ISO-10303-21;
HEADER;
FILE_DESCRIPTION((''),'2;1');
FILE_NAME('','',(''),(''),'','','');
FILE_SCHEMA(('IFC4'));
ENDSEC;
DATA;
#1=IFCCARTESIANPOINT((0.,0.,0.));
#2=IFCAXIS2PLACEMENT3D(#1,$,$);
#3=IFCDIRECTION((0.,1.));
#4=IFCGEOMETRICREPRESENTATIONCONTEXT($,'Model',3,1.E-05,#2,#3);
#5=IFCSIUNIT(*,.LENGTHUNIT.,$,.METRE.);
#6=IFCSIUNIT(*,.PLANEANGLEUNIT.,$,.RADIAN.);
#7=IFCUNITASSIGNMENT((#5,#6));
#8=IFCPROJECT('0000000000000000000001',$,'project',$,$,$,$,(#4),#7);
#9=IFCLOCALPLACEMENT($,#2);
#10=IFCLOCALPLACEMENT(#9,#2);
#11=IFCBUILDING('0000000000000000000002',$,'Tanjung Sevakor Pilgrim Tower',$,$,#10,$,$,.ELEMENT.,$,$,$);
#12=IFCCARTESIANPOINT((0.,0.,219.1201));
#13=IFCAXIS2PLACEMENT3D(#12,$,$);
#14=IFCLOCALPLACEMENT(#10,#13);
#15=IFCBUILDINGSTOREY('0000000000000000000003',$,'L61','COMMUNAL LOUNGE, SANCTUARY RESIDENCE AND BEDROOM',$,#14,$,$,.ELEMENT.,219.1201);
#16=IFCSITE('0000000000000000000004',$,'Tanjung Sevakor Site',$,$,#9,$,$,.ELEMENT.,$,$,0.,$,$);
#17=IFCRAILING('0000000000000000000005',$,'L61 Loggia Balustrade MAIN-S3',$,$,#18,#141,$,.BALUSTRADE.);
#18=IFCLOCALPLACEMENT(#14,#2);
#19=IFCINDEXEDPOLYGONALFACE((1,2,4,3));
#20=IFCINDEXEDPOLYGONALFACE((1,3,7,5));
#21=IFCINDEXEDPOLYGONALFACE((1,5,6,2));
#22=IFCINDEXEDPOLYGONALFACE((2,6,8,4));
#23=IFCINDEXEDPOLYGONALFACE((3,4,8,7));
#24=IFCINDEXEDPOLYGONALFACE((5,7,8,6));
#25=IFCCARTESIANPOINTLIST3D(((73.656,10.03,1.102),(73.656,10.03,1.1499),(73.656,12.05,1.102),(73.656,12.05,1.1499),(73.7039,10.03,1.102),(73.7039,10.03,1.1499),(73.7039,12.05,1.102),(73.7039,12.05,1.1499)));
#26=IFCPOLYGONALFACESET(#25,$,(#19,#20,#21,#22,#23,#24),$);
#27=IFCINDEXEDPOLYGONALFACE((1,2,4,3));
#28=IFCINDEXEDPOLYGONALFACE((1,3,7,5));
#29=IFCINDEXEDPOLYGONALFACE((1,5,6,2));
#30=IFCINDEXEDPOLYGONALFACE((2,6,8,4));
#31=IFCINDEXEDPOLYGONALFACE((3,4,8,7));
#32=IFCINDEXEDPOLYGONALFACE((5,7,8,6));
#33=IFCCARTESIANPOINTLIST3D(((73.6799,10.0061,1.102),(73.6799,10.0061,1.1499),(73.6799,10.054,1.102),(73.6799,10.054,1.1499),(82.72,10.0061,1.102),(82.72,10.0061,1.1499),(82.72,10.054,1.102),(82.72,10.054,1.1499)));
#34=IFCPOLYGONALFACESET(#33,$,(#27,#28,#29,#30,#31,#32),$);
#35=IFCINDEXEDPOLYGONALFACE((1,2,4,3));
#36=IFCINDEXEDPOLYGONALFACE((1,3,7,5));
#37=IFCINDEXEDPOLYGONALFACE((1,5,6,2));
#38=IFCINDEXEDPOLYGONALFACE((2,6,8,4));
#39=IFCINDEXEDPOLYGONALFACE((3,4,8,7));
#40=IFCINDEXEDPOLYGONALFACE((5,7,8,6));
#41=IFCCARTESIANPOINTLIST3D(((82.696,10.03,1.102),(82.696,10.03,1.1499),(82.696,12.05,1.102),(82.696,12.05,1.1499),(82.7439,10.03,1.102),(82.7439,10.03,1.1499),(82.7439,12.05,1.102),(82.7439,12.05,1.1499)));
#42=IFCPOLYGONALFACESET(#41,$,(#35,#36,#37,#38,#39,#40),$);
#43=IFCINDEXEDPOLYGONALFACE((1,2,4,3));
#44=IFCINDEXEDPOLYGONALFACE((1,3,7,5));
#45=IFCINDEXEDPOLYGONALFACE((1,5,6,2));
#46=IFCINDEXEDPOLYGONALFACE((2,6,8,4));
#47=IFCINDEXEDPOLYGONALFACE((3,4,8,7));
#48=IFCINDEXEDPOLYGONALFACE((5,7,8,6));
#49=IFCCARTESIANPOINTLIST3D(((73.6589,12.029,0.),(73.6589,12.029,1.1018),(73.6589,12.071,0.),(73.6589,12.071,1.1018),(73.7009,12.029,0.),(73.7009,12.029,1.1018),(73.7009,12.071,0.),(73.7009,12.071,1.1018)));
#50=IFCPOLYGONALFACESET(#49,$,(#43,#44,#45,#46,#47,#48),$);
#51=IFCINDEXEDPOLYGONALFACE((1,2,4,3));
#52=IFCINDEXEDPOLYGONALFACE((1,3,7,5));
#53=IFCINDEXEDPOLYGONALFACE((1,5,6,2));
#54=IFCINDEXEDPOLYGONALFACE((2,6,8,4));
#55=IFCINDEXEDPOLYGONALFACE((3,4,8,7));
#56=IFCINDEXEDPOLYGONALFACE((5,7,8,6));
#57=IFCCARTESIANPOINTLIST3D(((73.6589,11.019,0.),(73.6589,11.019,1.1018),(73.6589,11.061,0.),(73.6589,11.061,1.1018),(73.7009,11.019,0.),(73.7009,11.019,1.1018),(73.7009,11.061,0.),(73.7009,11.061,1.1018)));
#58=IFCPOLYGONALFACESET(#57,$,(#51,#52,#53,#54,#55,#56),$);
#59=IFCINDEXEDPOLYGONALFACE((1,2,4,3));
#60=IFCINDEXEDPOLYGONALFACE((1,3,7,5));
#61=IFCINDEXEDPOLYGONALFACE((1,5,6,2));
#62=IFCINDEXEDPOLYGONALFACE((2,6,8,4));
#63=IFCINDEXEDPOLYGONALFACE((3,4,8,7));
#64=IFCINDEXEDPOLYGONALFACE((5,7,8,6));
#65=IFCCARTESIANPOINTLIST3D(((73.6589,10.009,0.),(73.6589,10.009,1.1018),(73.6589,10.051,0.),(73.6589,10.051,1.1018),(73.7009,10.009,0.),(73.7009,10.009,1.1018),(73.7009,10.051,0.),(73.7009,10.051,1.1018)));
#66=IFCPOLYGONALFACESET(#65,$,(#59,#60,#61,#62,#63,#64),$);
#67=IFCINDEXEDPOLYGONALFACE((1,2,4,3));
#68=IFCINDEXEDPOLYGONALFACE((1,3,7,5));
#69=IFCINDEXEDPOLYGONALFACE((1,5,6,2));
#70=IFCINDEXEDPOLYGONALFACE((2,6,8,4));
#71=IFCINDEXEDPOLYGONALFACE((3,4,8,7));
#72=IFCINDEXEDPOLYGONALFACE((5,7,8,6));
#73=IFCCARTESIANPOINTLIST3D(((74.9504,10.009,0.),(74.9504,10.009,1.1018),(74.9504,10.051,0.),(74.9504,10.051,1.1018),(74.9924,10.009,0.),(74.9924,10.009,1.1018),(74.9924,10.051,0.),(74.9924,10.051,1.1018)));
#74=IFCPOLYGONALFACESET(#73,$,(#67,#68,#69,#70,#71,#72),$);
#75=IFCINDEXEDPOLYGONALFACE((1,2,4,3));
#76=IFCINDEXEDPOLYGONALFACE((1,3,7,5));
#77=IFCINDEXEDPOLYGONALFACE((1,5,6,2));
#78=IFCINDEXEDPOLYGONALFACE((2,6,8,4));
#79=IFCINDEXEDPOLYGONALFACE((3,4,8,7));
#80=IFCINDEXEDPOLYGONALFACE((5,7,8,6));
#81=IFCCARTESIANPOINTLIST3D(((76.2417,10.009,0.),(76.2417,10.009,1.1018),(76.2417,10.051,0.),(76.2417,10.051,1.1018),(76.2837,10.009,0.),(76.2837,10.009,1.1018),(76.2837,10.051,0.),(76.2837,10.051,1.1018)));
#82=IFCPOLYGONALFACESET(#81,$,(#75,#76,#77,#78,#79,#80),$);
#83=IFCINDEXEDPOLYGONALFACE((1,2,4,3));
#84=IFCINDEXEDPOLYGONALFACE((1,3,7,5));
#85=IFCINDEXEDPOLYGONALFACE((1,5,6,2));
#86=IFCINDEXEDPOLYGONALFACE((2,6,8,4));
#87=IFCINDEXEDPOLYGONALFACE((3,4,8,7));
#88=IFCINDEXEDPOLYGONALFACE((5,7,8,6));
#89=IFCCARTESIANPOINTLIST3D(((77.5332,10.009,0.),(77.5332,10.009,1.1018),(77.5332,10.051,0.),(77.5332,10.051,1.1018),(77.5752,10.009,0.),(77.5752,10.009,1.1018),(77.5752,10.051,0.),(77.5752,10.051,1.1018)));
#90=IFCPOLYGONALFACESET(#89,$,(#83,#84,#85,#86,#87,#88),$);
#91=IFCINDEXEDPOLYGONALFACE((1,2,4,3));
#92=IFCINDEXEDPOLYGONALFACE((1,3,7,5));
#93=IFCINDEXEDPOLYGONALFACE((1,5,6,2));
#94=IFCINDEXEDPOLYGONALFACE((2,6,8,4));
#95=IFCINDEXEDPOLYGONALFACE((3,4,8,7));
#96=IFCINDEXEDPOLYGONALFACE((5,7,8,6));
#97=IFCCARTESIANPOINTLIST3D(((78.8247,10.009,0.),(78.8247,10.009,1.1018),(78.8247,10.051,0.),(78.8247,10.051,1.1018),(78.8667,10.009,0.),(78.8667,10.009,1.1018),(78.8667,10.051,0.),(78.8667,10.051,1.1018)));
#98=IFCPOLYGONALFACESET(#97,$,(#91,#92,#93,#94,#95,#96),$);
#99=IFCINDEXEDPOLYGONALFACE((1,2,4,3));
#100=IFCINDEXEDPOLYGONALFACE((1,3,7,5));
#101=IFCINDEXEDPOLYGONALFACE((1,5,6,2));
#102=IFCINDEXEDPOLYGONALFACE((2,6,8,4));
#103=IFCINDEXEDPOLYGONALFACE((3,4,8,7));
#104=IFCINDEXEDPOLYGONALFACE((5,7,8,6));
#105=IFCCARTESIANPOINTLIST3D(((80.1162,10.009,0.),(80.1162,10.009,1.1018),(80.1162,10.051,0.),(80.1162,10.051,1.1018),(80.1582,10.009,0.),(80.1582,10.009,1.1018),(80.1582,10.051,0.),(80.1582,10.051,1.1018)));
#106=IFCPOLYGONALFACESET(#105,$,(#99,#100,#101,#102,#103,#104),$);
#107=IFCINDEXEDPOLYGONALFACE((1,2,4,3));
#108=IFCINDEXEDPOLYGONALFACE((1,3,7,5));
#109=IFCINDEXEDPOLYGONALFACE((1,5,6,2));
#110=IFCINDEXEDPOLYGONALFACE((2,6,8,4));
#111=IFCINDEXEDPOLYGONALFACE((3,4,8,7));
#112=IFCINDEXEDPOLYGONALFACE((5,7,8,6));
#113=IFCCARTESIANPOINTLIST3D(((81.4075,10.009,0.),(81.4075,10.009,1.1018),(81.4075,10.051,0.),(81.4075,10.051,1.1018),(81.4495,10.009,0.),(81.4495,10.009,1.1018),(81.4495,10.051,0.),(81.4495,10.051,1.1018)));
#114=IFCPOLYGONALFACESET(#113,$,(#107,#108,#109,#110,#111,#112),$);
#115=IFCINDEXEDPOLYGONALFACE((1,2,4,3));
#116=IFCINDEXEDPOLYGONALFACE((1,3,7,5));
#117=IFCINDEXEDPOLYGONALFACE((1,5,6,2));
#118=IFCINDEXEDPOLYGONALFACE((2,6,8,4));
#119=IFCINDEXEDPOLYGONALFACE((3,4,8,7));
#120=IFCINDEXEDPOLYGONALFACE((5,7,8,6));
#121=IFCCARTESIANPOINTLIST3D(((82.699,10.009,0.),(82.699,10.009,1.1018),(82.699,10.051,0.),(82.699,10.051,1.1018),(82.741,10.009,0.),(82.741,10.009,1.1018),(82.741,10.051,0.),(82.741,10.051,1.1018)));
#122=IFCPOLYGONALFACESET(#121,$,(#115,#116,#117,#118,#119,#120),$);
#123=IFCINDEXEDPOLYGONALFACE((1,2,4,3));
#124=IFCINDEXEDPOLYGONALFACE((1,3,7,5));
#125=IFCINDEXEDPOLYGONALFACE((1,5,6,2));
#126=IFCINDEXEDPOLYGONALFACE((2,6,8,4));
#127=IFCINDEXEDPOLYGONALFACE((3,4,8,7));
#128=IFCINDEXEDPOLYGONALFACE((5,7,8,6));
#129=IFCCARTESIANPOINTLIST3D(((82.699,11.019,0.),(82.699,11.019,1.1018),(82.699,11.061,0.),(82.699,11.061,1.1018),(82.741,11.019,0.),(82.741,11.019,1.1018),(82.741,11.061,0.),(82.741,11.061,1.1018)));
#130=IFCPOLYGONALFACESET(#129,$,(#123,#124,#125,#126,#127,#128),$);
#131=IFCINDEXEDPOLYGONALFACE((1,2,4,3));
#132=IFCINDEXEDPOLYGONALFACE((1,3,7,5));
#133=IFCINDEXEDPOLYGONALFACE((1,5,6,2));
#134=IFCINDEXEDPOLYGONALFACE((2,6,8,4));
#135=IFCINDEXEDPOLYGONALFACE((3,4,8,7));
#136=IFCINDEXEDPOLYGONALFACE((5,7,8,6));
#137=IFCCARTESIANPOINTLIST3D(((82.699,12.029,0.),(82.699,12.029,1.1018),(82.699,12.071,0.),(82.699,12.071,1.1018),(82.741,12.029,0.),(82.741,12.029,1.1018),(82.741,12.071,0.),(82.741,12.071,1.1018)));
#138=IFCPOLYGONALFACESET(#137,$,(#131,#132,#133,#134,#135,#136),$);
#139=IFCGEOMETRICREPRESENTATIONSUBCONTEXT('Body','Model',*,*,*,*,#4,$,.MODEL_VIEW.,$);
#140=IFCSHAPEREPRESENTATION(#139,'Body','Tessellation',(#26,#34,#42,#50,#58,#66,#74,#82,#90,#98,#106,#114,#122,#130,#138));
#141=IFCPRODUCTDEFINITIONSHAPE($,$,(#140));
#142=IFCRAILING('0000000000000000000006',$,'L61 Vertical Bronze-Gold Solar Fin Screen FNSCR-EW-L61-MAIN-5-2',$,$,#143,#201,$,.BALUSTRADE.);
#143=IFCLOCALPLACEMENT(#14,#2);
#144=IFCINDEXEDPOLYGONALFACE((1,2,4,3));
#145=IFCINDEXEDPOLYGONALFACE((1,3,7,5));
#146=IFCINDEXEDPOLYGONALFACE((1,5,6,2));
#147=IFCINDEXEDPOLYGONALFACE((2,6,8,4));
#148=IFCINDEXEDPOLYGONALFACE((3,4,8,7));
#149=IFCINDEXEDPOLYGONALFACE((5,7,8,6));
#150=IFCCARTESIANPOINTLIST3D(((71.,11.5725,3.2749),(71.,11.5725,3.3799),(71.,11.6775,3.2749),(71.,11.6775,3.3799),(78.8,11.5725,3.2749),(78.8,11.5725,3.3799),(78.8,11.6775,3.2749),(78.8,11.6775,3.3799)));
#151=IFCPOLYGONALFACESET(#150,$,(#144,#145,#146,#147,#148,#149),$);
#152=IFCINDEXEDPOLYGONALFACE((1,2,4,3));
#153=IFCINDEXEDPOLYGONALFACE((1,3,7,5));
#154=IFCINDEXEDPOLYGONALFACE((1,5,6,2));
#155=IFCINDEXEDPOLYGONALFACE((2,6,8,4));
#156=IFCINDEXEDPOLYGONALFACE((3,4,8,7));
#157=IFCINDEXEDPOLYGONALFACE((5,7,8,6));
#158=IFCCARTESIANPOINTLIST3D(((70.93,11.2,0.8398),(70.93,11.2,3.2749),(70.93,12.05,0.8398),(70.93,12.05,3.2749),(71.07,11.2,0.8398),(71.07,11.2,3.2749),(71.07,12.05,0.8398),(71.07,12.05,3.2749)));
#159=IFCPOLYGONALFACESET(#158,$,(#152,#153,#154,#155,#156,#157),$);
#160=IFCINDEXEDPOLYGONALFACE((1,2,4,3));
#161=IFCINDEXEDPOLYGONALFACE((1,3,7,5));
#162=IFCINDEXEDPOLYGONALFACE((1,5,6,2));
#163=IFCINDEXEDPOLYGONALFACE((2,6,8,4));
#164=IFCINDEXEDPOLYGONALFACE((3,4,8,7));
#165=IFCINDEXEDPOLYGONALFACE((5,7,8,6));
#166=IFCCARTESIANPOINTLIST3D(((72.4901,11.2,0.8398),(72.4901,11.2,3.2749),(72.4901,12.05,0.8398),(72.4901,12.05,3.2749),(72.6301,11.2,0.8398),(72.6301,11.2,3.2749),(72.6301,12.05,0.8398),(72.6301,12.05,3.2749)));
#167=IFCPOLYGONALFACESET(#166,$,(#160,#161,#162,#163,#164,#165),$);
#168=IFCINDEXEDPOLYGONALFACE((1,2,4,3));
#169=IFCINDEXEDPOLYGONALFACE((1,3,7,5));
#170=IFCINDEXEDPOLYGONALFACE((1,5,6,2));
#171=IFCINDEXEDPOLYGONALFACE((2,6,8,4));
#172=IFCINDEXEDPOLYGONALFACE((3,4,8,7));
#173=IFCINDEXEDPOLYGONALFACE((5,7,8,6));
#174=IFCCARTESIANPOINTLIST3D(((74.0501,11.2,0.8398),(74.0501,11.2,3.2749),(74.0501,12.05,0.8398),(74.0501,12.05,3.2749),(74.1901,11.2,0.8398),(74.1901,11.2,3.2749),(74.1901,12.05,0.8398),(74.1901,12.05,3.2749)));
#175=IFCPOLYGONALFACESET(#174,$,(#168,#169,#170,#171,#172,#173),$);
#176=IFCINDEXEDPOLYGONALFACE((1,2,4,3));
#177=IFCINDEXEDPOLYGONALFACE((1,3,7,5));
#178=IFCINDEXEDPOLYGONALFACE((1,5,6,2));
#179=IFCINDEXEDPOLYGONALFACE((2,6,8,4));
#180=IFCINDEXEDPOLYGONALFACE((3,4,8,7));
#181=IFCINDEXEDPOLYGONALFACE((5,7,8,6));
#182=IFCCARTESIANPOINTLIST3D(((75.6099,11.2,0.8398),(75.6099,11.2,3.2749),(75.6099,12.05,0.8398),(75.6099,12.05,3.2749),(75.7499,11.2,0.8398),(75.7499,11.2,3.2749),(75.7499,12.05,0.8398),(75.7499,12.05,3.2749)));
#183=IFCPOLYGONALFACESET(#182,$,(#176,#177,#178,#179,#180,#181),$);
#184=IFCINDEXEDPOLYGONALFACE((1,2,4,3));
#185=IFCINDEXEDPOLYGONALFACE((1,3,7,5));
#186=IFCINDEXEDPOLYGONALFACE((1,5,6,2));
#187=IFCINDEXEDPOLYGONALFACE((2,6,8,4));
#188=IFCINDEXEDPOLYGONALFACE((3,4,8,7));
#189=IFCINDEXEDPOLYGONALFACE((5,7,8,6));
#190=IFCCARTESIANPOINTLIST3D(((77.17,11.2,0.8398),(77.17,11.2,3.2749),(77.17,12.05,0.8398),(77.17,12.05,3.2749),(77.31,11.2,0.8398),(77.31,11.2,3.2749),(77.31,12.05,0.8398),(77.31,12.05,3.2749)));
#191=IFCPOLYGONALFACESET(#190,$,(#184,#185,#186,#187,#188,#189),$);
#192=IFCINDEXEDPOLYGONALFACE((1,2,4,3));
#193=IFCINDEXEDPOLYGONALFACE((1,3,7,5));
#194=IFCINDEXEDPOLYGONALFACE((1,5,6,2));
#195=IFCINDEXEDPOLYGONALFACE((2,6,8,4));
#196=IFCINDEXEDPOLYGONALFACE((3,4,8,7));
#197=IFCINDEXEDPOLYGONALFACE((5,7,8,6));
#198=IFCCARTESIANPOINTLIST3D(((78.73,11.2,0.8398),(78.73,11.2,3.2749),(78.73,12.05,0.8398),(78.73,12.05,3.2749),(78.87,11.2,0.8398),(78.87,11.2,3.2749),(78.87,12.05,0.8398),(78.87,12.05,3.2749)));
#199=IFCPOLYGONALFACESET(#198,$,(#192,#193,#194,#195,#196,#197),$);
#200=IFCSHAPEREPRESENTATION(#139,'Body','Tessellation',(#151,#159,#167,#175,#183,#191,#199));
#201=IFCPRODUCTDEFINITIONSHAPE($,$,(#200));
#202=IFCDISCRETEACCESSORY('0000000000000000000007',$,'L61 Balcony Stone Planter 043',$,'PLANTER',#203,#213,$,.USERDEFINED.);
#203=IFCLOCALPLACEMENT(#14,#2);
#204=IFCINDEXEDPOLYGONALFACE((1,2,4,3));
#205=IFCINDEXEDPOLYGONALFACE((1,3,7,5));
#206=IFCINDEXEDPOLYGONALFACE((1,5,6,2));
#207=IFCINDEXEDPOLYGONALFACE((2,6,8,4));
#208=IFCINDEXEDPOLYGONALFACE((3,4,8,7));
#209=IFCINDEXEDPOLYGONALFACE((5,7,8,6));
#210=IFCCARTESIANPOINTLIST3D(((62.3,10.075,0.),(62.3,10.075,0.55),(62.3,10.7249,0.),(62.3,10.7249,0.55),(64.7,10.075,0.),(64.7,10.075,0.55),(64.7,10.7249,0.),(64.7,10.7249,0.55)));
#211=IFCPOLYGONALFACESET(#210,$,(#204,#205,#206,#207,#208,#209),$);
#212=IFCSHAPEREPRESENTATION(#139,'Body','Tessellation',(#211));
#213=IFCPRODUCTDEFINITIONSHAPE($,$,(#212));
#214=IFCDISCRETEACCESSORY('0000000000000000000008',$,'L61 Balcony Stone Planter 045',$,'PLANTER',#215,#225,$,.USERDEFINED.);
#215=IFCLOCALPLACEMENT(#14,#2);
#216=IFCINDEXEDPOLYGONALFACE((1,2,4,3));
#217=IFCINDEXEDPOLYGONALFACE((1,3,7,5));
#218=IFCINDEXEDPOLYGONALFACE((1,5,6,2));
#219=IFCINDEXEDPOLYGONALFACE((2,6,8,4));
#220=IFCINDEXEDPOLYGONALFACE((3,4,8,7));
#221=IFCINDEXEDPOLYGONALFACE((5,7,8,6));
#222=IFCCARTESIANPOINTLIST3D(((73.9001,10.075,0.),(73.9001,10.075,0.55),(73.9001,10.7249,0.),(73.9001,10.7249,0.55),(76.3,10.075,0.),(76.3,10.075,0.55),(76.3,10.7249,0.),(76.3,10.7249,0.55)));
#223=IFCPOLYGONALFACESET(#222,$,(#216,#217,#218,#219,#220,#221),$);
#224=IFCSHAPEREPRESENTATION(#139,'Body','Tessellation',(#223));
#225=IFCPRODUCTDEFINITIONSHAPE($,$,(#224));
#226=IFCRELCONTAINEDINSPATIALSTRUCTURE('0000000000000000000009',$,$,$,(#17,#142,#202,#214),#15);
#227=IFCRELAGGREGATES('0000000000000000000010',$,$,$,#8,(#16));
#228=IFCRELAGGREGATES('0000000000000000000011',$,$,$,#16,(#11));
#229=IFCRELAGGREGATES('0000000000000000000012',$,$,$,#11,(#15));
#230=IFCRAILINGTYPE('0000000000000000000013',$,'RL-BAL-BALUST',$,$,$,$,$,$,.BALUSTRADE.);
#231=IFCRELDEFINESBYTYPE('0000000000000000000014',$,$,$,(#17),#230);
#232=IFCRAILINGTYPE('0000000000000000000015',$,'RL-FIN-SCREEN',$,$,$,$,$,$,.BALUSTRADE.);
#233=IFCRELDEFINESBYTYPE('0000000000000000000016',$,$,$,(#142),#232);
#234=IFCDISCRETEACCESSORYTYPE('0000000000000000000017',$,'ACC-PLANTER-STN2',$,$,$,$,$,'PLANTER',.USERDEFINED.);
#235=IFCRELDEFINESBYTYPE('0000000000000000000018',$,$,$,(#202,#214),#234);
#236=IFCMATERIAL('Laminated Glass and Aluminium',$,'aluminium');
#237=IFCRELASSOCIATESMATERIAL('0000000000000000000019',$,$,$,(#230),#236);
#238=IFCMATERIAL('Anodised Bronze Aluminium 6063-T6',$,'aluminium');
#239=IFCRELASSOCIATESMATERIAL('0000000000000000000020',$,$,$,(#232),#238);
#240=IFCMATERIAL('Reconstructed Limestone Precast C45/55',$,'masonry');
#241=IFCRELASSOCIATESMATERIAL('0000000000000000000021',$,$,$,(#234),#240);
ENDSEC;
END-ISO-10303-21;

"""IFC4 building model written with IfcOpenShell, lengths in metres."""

from ifc_helpers import new_model, si_unit, direction, frame, origin, origin_2d, place, context, subcontext, project, spatial, rectangle, extrude, material, type_object, element, save


model = new_model("IFC4")

# Units and contexts
model_context = context("Model", 3, precision=1e-05, world=origin(), true_north=direction((0.0, 1.0)))
body_context = subcontext(model_context, "Body", "Model", "MODEL_VIEW")
ifc_project = project(units=[si_unit("LENGTHUNIT", "METRE"), si_unit("PLANEANGLEUNIT", "RADIAN")], contexts=[model_context])

# Site, building, storey
site_placement = place(None, origin())
site = spatial("IfcSite", under=ifc_project, at=site_placement, Name="Tanjung Sevakor Site", CompositionType="ELEMENT", RefElevation=0.0)
building_placement = place(site_placement, origin())
building = spatial("IfcBuilding", under=site, at=building_placement, Name="Tanjung Sevakor Pilgrim Tower", CompositionType="ELEMENT")
storey_placement = place(building_placement, frame((0.0, 0.0, 219.1201)))
storey = spatial("IfcBuildingStorey", under=building, at=storey_placement, Name="L61", Description="COMMUNAL LOUNGE, SANCTUARY RESIDENCE AND BEDROOM", CompositionType="ELEMENT", Elevation=219.1201)

# Railings
ifc_material_1 = material(Name="Laminated Glass and Aluminium", Category="aluminium")
railing_type_1 = type_object("IfcRailingType", Name="RL-BAL-BALUST", PredefinedType="BALUSTRADE", material=ifc_material_1)
railing_1_placement = place(storey_placement, frame((73.6799, 12.05, 0.0)))
element("IfcRailing", 1, at=railing_1_placement, inside=storey, type_object=railing_type_1, Name="L61 Loggia Balustrade MAIN-S3", PredefinedType="BALUSTRADE", context=body_context, shape_type="SweptSolid", body=[
    extrude(rectangle(XDim=0.0479, YDim=0.0479), frame((0.0, 0.0, 1.126), z_axis=(0.0, -1.0, 0.0), x_axis=(1.0, 0.0, 0.0)), (0.0, 0.0, 1.0), 2.02),
    extrude(rectangle(XDim=0.0479, YDim=0.0479), frame((0.0, -2.02, 1.126), z_axis=(1.0, 0.0, 0.0), x_axis=(0.0, 1.0, 0.0)), (0.0, 0.0, 1.0), 9.04),
    extrude(rectangle(XDim=0.0479, YDim=0.0479), frame((9.04, -2.02, 1.126), z_axis=(0.0, 1.0, 0.0), x_axis=(-1.0, 0.0, 0.0)), (0.0, 0.0, 1.0), 2.02),
    extrude(rectangle(XDim=0.042, YDim=0.042), origin(), (0.0, 0.0, 1.0), 1.1018),
    extrude(rectangle(XDim=0.042, YDim=0.042), frame((0.0, -1.01, 0.0)), (0.0, 0.0, 1.0), 1.1018),
    extrude(rectangle(XDim=0.042, YDim=0.042), frame((0.0, -2.02, 0.0)), (0.0, 0.0, 1.0), 1.1018),
    extrude(rectangle(XDim=0.042, YDim=0.042), frame((1.2915, -2.02, 0.0)), (0.0, 0.0, 1.0), 1.1018),
    extrude(rectangle(XDim=0.042, YDim=0.042), frame((2.5828, -2.02, 0.0)), (0.0, 0.0, 1.0), 1.1018),
    extrude(rectangle(XDim=0.042, YDim=0.042), frame((3.8743, -2.02, 0.0)), (0.0, 0.0, 1.0), 1.1018),
    extrude(rectangle(XDim=0.042, YDim=0.042), frame((5.1658, -2.02, 0.0)), (0.0, 0.0, 1.0), 1.1018),
    extrude(rectangle(XDim=0.042, YDim=0.042), frame((6.4573, -2.02, 0.0)), (0.0, 0.0, 1.0), 1.1018),
    extrude(rectangle(XDim=0.042, YDim=0.042), frame((7.7485, -2.02, 0.0)), (0.0, 0.0, 1.0), 1.1018),
    extrude(rectangle(XDim=0.042, YDim=0.042), frame((9.04, -2.02, 0.0)), (0.0, 0.0, 1.0), 1.1018),
    extrude(rectangle(XDim=0.042, YDim=0.042), frame((9.04, -1.01, 0.0)), (0.0, 0.0, 1.0), 1.1018),
    extrude(rectangle(XDim=0.042, YDim=0.042), frame((9.04, 0.0, 0.0)), (0.0, 0.0, 1.0), 1.1018),
])
ifc_material_2 = material(Name="Anodised Bronze Aluminium 6063-T6", Category="aluminium")
railing_type_2 = type_object("IfcRailingType", Name="RL-FIN-SCREEN", PredefinedType="BALUSTRADE", material=ifc_material_2)
railing_2_placement = place(storey_placement, frame((71.0, 11.625, 0.8398)))
element("IfcRailing", 2, at=railing_2_placement, inside=storey, type_object=railing_type_2, Name="L61 Vertical Bronze-Gold Solar Fin Screen FNSCR-EW-L61-MAIN-5-2", PredefinedType="BALUSTRADE", context=body_context, shape_type="SweptSolid", body=[
    extrude(rectangle(XDim=0.105, YDim=0.105), frame((0.0, 0.0, 2.4875), z_axis=(1.0, 0.0, 0.0), x_axis=(0.0, 1.0, 0.0)), (0.0, 0.0, 1.0), 7.8),
    extrude(rectangle(XDim=0.14, YDim=0.85), origin(), (0.0, 0.0, 1.0), 2.4351),
    extrude(rectangle(XDim=0.14, YDim=0.85), frame((1.5601, 0.0, 0.0)), (0.0, 0.0, 1.0), 2.4351),
    extrude(rectangle(XDim=0.14, YDim=0.85), frame((3.1201, 0.0, 0.0)), (0.0, 0.0, 1.0), 2.4351),
    extrude(rectangle(XDim=0.14, YDim=0.85), frame((4.6799, 0.0, 0.0)), (0.0, 0.0, 1.0), 2.4351),
    extrude(rectangle(XDim=0.14, YDim=0.85), frame((6.24, 0.0, 0.0)), (0.0, 0.0, 1.0), 2.4351),
    extrude(rectangle(XDim=0.14, YDim=0.85), frame((7.8, 0.0, 0.0)), (0.0, 0.0, 1.0), 2.4351),
])

# Discrete accessories
ifc_material_3 = material(Name="Reconstructed Limestone Precast C45/55", Category="masonry")
discrete_accessory_type = type_object("IfcDiscreteAccessoryType", Name="ACC-PLANTER-STN2", ElementType="PLANTER", PredefinedType="USERDEFINED", material=ifc_material_3)
for number, where, z_axis, x_axis, name in (
    (3, (63.5, 10.3999, 0.0), (0.0, 0.0, 1.0), (1.0, 0.0, 0.0), "L61 Balcony Stone Planter 043"),
    (4, (75.1001, 10.3999, 0.0), (0.0, 0.0, 1.0), (1.0, 0.0, 0.0), "L61 Balcony Stone Planter 045"),
):
    element("IfcDiscreteAccessory", number, at=place(storey_placement, frame(where, z_axis=z_axis, x_axis=x_axis)), inside=storey, type_object=discrete_accessory_type, Name=name, ObjectType="PLANTER", PredefinedType="USERDEFINED", context=body_context, shape_type="SweptSolid", body=[
        extrude(rectangle(XDim=2.3999, YDim=0.6499, at=origin_2d()), origin(), (0.0, 0.0, 1.0), 0.55),
    ])

save(model, "model.ifc")
